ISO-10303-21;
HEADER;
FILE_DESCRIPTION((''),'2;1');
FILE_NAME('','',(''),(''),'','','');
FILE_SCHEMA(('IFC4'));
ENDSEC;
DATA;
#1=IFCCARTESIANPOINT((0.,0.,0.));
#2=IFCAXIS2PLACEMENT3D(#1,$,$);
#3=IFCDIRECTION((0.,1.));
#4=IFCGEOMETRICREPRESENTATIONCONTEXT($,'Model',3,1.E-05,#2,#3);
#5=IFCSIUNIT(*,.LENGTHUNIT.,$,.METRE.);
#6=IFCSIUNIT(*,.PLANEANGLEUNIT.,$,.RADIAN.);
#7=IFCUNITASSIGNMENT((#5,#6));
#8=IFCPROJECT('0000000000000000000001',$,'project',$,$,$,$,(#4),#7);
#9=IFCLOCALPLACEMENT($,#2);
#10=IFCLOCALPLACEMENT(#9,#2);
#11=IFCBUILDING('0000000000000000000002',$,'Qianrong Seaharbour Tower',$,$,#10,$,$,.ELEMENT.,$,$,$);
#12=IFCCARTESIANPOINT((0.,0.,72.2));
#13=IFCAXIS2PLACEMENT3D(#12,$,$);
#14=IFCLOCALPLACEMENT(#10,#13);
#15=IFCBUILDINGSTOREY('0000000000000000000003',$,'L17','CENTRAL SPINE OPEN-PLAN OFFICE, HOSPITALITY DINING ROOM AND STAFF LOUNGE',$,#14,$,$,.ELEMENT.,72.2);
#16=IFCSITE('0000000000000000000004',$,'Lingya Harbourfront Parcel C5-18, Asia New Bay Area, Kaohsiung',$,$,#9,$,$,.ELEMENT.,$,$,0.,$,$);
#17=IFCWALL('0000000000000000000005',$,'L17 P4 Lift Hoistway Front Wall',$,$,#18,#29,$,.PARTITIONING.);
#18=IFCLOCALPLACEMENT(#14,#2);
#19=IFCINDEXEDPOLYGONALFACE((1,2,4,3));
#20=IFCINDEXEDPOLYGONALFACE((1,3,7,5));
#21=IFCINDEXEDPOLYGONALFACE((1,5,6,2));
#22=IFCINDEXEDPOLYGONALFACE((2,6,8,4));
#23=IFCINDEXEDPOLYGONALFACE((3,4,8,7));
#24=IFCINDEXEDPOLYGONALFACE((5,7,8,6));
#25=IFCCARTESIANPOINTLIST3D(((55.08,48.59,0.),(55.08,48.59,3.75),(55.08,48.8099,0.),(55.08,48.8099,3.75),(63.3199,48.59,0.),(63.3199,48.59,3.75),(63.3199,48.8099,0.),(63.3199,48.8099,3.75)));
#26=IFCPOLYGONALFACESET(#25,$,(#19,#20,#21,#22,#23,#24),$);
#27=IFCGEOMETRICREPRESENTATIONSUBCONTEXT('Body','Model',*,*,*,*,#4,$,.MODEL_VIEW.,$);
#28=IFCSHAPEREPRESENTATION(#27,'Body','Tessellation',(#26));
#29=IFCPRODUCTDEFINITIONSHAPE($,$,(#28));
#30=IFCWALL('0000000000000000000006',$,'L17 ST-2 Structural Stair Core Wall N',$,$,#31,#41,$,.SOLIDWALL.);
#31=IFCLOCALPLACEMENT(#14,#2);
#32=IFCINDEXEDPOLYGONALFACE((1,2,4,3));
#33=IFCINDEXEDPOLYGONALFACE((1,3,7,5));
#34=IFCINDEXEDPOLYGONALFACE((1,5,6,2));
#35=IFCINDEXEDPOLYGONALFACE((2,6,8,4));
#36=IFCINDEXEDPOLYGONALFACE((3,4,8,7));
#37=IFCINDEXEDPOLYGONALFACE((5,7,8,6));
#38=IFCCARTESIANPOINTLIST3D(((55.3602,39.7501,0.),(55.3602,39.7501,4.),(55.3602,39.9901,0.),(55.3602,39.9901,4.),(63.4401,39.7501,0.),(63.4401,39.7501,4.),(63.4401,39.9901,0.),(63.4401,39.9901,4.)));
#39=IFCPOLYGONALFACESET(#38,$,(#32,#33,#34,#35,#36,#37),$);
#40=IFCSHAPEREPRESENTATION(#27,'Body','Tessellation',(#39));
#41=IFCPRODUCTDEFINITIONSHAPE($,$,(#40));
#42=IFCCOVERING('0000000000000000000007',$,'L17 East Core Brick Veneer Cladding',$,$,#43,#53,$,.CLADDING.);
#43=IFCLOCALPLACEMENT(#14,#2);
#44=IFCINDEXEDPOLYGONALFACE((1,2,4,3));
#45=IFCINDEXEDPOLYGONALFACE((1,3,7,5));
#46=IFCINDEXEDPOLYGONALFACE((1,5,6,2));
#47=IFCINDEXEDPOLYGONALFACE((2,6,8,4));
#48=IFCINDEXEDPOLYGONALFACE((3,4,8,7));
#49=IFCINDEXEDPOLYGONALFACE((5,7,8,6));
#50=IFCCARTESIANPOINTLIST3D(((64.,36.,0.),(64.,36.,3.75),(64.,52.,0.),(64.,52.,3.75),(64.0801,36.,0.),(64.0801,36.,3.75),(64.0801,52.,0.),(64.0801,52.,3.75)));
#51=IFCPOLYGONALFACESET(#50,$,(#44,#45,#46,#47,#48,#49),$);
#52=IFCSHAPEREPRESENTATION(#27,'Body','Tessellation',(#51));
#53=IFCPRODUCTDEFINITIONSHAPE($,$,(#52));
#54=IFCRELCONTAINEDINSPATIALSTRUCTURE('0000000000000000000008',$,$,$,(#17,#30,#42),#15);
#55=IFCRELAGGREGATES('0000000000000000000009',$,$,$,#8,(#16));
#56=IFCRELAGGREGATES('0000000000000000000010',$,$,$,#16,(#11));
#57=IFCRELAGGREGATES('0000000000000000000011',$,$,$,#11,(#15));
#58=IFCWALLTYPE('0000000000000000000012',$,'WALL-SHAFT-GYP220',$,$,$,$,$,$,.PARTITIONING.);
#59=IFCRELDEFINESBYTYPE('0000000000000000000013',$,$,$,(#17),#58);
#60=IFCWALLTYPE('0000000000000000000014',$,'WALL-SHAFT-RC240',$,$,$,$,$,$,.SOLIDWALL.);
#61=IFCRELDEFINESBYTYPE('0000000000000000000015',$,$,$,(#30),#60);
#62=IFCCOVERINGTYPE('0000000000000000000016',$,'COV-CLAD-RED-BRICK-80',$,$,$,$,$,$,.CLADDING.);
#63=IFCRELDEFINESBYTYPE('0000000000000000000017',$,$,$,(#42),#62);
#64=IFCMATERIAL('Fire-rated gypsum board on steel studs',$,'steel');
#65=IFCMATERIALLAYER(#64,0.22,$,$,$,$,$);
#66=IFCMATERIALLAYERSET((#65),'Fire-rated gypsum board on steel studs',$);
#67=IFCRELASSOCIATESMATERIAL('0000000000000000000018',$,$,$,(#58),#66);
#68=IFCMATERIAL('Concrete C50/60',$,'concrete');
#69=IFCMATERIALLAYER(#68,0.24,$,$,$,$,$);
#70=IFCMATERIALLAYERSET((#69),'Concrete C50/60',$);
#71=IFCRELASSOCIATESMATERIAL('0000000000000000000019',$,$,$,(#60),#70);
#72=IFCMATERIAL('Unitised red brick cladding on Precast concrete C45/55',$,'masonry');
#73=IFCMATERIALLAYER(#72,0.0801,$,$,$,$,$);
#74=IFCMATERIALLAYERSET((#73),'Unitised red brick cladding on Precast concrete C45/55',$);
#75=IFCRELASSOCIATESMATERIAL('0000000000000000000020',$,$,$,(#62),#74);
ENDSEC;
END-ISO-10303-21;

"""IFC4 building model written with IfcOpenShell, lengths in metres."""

from ifc_helpers import new_model, si_unit, direction, frame, frame_2d, origin, origin_2d, place, context, subcontext, project, spatial, rectangle, extrude, material, layer, layer_set, type_object, element, save


model = new_model("IFC4")

# Units and contexts
model_context = context("Model", 3, precision=1e-05, world=origin(), true_north=direction((0.0, 1.0)))
body_context = subcontext(model_context, "Body", "Model", "MODEL_VIEW")
ifc_project = project(units=[si_unit("LENGTHUNIT", "METRE"), si_unit("PLANEANGLEUNIT", "RADIAN")], contexts=[model_context])

# Site, building, storey
site_placement = place(None, origin())
site = spatial("IfcSite", under=ifc_project, at=site_placement, Name="Lingya Harbourfront Parcel C5-18, Asia New Bay Area, Kaohsiung", CompositionType="ELEMENT", RefElevation=0.0)
building_placement = place(site_placement, origin())
building = spatial("IfcBuilding", under=site, at=building_placement, Name="Qianrong Seaharbour Tower", CompositionType="ELEMENT")
storey_placement = place(building_placement, frame((0.0, 0.0, 72.2)))
storey = spatial("IfcBuildingStorey", under=building, at=storey_placement, Name="L17", Description="CENTRAL SPINE OPEN-PLAN OFFICE, HOSPITALITY DINING ROOM AND STAFF LOUNGE", CompositionType="ELEMENT", Elevation=72.2)

# Walls
ifc_material_1 = material(Name="Fire-rated gypsum board on steel studs", Category="steel")
ifc_layer_1 = layer(ifc_material_1, 0.22)
ifc_layer_set_1 = layer_set([ifc_layer_1], Name="Fire-rated gypsum board on steel studs")
wall_type_1 = type_object("IfcWallType", Name="WALL-SHAFT-GYP220", PredefinedType="PARTITIONING", material=ifc_layer_set_1)
for number, where, z_axis, x_axis, name in (
    (1, (63.3201, 48.7, 0.0), (0.0, 0.0, 1.0), (-1.0, 0.0, 0.0), "L17 P4 Lift Hoistway Front Wall"),
):
    element("IfcWall", number, at=place(storey_placement, frame(where, z_axis=z_axis, x_axis=x_axis)), inside=storey, type_object=wall_type_1, Name=name, PredefinedType="PARTITIONING", context=body_context, shape_type="SweptSolid", body=[
        extrude(rectangle(XDim=8.24, YDim=0.22, at=frame_2d((4.1201, 0.0))), origin(), (0.0, 0.0, 1.0), 3.75),
    ])
ifc_material_2 = material(Name="Concrete C50/60", Category="concrete")
ifc_layer_2 = layer(ifc_material_2, 0.24)
ifc_layer_set_2 = layer_set([ifc_layer_2], Name="Concrete C50/60")
wall_type_2 = type_object("IfcWallType", Name="WALL-SHAFT-RC240", PredefinedType="SOLIDWALL", material=ifc_layer_set_2)
wall_1_placement = place(storey_placement, frame((55.3601, 39.8701, 0.0), z_axis=(0.0, 0.0, 1.0), x_axis=(1.0, 0.0, 0.0)))
element("IfcWall", 2, at=wall_1_placement, inside=storey, type_object=wall_type_2, Name="L17 ST-2 Structural Stair Core Wall N", PredefinedType="SOLIDWALL", context=body_context, shape_type="SweptSolid", body=[
    extrude(rectangle(XDim=8.0798, YDim=0.24, at=frame_2d((4.04, 0.0))), origin(), (0.0, 0.0, 1.0), 4.0),
])

# Covering
ifc_material_3 = material(Name="Unitised red brick cladding on Precast concrete C45/55", Category="masonry")
ifc_layer_3 = layer(ifc_material_3, 0.0801)
ifc_layer_set_3 = layer_set([ifc_layer_3], Name="Unitised red brick cladding on Precast concrete C45/55")
covering_type = type_object("IfcCoveringType", Name="COV-CLAD-RED-BRICK-80", PredefinedType="CLADDING", material=ifc_layer_set_3)
covering_placement = place(storey_placement, frame((64.04, 44.0, 0.0), z_axis=(0.0, 0.0, 1.0), x_axis=(1.0, 0.0, 0.0)))
element("IfcCovering", 3, at=covering_placement, inside=storey, type_object=covering_type, Name="L17 East Core Brick Veneer Cladding", PredefinedType="CLADDING", context=body_context, shape_type="SweptSolid", body=[
    extrude(rectangle(XDim=0.0801, YDim=16.0, at=origin_2d()), origin(), (0.0, 0.0, 1.0), 3.75),
])

save(model, "model.ifc")
